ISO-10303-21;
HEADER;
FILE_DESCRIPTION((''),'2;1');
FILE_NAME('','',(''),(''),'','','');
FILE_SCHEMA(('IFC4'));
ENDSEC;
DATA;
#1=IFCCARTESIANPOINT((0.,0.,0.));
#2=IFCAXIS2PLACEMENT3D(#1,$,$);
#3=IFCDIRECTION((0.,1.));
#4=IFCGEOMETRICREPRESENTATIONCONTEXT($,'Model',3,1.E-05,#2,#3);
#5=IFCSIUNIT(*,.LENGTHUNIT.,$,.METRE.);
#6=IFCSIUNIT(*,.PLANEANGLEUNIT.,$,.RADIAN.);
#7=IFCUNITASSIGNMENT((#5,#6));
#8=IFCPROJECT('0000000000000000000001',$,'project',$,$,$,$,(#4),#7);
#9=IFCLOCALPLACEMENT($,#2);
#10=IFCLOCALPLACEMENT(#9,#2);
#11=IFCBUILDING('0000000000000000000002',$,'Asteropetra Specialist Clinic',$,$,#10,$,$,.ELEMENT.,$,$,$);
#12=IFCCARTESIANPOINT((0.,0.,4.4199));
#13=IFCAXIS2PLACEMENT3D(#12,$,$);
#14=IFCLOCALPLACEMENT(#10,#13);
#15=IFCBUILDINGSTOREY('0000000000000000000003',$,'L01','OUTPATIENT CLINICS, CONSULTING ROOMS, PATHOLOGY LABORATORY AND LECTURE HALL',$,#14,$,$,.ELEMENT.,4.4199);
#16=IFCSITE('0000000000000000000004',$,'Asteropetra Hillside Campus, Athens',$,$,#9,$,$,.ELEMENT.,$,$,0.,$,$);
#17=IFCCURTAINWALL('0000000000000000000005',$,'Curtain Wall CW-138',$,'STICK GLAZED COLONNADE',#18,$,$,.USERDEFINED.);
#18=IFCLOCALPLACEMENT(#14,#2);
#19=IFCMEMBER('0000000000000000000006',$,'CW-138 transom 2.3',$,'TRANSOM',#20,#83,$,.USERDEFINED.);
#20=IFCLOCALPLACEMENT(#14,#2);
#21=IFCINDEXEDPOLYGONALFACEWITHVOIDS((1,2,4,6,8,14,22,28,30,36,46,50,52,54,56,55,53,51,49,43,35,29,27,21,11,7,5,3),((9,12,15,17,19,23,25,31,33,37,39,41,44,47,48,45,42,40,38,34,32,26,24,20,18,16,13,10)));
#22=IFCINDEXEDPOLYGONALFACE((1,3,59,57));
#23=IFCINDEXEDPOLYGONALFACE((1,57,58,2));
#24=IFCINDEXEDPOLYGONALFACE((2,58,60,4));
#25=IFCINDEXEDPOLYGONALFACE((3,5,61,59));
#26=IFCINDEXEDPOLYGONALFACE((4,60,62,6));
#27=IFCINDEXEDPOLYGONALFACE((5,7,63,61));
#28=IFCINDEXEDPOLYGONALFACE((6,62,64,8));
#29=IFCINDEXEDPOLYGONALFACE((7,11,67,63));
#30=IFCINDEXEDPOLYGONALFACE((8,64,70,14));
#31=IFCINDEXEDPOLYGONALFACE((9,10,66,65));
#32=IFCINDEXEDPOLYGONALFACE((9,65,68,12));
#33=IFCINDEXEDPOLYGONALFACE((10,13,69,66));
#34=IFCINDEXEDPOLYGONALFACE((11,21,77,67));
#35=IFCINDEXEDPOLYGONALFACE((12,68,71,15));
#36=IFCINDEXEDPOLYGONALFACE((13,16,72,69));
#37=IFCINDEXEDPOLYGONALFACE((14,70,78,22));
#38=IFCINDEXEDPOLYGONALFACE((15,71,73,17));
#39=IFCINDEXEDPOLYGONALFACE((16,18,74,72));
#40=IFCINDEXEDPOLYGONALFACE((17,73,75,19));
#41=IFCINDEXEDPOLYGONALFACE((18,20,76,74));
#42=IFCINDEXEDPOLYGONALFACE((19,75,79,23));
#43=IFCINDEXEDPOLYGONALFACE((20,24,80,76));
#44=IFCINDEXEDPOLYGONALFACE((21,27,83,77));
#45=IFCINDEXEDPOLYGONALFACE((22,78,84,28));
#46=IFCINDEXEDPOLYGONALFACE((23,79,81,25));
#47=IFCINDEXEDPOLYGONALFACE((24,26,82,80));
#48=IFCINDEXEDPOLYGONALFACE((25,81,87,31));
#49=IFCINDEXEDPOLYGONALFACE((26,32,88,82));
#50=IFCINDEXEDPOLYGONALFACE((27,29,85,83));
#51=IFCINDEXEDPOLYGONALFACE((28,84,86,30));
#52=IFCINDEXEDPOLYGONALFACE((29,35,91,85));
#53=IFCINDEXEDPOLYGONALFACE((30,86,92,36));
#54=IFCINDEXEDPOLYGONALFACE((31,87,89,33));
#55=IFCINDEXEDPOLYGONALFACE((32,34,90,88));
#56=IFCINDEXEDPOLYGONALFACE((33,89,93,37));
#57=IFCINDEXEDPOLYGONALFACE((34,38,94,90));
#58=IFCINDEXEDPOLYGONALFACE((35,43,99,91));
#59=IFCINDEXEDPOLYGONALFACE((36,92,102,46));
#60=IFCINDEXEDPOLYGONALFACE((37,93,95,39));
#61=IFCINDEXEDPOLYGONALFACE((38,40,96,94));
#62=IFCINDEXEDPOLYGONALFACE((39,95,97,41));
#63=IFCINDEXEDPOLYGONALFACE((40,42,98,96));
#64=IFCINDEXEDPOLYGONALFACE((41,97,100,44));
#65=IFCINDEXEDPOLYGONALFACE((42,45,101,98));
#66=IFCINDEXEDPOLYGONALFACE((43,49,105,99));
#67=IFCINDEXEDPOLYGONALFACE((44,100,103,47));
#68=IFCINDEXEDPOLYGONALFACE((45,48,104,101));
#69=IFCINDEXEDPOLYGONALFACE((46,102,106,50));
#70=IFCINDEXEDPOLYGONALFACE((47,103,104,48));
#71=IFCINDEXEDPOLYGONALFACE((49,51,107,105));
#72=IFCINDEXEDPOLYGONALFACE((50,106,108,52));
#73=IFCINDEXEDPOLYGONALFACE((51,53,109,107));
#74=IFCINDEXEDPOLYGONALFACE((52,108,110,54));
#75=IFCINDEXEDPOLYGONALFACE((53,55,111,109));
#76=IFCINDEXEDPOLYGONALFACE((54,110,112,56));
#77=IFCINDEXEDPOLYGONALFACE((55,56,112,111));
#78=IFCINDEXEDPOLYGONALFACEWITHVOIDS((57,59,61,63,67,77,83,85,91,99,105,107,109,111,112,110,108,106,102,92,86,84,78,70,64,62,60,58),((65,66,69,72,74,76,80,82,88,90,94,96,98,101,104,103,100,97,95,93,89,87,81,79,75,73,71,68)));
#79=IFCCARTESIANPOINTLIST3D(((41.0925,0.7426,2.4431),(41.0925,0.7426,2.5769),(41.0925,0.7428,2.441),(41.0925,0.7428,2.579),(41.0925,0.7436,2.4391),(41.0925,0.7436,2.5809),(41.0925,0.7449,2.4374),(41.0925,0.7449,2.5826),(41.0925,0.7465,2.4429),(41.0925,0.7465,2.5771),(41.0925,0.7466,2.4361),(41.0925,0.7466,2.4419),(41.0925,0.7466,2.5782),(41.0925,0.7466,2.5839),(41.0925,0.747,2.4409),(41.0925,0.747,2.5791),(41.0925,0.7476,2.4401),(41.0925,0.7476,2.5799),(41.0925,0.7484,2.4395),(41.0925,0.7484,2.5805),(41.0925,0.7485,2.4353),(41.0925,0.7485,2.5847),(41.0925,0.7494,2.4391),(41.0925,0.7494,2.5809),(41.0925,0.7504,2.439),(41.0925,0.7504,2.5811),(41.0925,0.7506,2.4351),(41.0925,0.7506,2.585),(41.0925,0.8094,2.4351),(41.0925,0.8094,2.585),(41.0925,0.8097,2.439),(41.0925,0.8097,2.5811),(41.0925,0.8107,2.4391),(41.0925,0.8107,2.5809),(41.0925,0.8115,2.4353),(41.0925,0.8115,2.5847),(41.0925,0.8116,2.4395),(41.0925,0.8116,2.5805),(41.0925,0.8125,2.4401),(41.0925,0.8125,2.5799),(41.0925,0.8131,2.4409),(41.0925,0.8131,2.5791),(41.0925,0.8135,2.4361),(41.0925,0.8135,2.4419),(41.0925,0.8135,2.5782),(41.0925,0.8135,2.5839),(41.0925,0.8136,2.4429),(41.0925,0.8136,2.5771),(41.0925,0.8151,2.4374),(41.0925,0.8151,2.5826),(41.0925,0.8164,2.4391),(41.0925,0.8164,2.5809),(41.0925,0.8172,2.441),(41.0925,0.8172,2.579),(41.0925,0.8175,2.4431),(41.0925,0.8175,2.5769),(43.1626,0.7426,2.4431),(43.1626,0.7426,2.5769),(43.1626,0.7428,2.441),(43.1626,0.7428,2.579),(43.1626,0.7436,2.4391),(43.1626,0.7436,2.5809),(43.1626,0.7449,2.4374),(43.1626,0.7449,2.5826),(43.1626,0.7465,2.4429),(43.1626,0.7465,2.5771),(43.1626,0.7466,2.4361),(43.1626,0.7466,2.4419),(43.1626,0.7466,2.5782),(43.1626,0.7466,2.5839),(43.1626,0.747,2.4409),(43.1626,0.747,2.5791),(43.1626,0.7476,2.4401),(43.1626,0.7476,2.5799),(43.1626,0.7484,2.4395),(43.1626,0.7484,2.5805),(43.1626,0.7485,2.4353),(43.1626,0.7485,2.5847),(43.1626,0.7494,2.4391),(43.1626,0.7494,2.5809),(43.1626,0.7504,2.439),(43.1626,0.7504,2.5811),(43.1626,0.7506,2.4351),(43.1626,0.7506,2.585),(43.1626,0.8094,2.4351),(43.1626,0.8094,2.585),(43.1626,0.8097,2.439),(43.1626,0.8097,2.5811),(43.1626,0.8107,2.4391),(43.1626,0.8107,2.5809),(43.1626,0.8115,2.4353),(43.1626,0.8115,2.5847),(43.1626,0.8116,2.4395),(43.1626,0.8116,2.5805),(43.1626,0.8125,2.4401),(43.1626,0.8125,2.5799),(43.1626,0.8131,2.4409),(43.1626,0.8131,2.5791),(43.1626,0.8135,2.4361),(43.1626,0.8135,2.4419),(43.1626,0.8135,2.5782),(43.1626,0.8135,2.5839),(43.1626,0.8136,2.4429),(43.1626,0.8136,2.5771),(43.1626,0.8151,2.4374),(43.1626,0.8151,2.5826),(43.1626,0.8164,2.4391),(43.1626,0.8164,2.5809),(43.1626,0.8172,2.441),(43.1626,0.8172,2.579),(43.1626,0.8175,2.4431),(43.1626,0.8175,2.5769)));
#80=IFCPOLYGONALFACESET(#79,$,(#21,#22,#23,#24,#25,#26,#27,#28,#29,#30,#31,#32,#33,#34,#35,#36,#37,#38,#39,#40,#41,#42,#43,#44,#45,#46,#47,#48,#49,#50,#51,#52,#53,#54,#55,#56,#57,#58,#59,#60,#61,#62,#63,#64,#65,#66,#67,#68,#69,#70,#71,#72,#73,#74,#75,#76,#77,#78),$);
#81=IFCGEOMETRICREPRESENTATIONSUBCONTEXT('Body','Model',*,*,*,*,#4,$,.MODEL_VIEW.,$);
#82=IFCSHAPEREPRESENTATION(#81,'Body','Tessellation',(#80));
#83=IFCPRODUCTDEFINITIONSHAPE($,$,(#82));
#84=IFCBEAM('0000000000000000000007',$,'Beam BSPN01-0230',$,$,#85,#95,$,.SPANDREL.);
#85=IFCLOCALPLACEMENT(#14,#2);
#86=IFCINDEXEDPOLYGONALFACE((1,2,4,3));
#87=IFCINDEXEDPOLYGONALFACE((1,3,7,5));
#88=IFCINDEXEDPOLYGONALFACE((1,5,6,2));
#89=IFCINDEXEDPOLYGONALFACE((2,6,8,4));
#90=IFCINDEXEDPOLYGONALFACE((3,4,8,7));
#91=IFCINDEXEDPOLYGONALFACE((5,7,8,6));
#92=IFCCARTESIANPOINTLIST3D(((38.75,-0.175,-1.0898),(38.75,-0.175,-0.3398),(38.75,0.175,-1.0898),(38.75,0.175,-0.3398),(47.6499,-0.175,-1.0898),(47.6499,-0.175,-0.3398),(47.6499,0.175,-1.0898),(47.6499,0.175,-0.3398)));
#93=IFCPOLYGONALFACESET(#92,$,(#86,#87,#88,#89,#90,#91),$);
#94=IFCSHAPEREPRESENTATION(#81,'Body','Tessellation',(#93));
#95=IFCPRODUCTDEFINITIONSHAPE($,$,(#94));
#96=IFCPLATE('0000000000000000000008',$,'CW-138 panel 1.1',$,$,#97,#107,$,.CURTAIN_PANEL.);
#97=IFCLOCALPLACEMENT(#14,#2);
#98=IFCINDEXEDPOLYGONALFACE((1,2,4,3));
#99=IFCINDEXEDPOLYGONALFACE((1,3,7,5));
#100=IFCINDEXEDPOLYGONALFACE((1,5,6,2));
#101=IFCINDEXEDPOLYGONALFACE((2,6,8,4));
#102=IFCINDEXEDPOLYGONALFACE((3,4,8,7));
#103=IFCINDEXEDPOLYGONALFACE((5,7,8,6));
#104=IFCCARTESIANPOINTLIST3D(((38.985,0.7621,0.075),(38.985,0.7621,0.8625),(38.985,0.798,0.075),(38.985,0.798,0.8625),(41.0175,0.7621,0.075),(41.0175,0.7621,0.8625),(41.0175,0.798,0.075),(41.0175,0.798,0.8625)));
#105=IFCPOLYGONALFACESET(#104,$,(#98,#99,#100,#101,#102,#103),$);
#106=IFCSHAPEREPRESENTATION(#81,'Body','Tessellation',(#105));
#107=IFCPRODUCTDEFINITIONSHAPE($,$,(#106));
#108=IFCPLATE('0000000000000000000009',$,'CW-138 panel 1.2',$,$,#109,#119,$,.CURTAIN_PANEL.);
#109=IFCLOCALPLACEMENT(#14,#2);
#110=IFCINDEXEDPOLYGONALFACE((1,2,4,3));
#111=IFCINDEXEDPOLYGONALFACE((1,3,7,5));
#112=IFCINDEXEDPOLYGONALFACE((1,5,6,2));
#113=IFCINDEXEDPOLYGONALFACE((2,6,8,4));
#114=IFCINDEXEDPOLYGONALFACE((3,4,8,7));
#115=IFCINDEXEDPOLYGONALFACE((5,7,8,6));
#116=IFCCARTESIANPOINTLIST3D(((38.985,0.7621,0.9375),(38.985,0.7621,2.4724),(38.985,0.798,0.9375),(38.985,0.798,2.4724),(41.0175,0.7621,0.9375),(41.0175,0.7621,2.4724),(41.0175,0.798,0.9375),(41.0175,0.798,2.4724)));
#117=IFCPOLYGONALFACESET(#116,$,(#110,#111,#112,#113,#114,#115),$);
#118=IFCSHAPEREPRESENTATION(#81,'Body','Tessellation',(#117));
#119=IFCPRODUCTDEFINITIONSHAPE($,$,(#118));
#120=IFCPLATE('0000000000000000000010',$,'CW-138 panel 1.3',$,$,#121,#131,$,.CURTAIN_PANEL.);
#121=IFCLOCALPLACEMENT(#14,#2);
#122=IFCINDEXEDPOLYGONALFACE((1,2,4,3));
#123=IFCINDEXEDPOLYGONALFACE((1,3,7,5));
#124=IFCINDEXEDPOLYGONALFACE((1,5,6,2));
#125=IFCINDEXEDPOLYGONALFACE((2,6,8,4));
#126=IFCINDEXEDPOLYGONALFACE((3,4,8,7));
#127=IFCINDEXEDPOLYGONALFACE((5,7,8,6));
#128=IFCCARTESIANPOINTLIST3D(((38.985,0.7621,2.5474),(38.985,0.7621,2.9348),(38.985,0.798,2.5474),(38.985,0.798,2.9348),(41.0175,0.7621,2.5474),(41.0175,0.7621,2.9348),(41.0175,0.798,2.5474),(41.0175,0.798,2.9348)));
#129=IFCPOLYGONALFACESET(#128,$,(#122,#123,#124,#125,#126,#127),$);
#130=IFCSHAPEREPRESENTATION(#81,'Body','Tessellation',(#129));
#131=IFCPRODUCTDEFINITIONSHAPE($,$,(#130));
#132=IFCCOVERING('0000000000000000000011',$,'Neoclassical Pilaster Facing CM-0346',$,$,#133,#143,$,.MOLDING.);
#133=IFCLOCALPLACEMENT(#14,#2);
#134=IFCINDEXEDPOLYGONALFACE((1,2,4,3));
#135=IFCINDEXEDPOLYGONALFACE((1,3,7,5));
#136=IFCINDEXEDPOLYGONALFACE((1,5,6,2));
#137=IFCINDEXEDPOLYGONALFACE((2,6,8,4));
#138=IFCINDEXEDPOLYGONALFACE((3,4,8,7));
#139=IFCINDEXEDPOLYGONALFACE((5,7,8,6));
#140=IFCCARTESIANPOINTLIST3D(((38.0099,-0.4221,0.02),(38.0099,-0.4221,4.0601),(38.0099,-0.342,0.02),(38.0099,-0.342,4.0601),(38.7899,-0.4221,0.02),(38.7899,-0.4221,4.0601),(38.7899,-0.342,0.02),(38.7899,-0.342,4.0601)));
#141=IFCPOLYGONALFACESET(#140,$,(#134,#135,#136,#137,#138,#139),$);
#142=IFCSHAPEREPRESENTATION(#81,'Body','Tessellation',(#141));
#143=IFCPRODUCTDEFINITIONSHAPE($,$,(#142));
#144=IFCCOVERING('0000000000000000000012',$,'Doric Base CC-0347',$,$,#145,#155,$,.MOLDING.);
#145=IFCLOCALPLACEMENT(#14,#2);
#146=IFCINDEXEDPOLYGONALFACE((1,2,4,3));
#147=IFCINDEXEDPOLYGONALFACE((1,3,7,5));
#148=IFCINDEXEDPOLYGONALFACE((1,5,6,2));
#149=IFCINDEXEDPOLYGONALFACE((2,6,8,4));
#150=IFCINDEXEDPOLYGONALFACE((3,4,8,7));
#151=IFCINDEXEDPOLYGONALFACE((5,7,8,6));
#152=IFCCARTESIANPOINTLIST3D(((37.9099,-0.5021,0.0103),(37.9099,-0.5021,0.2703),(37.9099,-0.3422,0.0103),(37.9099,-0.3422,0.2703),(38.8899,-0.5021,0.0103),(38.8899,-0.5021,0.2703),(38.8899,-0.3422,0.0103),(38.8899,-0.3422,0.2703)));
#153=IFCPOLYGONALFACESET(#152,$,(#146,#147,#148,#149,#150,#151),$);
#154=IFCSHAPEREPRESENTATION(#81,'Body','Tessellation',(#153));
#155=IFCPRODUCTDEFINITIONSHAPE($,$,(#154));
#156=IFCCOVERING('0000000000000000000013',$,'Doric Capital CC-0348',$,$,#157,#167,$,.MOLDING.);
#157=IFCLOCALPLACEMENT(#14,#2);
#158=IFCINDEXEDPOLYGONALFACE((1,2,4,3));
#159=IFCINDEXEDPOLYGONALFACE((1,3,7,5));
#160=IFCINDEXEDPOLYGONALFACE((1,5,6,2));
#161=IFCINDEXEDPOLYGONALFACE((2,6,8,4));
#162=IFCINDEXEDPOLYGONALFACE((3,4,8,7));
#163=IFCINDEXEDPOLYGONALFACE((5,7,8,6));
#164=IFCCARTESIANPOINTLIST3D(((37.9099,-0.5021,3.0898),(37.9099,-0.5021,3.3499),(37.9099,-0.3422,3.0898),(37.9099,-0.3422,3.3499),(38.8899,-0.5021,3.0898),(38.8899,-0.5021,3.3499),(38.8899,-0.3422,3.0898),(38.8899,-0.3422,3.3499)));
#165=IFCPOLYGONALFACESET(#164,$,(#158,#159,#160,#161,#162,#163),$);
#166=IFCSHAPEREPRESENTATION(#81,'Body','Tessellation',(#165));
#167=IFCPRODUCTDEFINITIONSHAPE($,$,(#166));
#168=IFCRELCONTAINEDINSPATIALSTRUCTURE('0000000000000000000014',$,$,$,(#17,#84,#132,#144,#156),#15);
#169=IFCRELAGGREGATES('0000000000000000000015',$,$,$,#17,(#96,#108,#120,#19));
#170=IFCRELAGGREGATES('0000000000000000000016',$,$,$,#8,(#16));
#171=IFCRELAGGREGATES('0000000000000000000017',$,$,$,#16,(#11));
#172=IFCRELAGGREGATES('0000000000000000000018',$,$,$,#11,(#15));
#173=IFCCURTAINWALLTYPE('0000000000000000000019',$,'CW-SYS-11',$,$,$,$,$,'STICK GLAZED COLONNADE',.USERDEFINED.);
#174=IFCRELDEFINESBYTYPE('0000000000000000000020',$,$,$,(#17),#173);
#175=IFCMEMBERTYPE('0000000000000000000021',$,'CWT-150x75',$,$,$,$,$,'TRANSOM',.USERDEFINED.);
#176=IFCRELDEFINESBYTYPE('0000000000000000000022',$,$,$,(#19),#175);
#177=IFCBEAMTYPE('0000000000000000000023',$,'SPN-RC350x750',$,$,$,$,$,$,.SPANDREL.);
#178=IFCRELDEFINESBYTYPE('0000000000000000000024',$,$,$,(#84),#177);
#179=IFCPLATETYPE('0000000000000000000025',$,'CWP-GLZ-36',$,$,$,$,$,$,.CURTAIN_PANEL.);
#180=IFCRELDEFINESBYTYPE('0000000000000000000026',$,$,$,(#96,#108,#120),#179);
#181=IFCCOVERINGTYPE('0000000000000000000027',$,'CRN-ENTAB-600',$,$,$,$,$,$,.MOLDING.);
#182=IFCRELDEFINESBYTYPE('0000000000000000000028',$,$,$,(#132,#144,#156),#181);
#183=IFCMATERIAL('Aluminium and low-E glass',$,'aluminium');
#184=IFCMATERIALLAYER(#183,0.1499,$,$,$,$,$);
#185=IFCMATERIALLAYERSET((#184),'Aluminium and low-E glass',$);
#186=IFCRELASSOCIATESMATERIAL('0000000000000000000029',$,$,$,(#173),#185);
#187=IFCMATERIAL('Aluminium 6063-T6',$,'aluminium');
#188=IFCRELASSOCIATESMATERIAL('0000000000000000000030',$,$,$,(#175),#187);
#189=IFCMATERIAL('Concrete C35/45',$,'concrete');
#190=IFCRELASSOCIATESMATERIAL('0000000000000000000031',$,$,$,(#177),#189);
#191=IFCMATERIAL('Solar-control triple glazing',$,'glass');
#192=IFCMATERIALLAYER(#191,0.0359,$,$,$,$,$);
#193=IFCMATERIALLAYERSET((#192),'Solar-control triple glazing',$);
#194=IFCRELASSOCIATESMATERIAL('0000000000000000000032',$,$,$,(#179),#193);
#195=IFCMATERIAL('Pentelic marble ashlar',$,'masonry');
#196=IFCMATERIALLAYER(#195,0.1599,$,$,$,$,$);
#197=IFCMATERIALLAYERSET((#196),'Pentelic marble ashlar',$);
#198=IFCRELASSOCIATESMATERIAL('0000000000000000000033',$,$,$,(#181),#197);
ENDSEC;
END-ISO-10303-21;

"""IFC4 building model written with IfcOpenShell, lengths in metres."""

from ifc_helpers import new_model, si_unit, direction, frame, origin, origin_2d, place, context, subcontext, project, spatial, rectangle, hollow_rectangle, extrude, material, layer, layer_set, material_profile, profile_set, type_object, element, aggregate, save


model = new_model("IFC4")

# Units and contexts
model_context = context("Model", 3, precision=1e-05, world=origin(), true_north=direction((0.0, 1.0)))
body_context = subcontext(model_context, "Body", "Model", "MODEL_VIEW")
ifc_project = project(units=[si_unit("LENGTHUNIT", "METRE"), si_unit("PLANEANGLEUNIT", "RADIAN")], contexts=[model_context])

# Site, building, storey
site_placement = place(None, origin())
site = spatial("IfcSite", under=ifc_project, at=site_placement, Name="Asteropetra Hillside Campus, Athens", CompositionType="ELEMENT", RefElevation=0.0)
building_placement = place(site_placement, origin())
building = spatial("IfcBuilding", under=site, at=building_placement, Name="Asteropetra Specialist Clinic", CompositionType="ELEMENT")
storey_placement = place(building_placement, frame((0.0, 0.0, 4.4199)))
storey = spatial("IfcBuildingStorey", under=building, at=storey_placement, Name="L01", Description="OUTPATIENT CLINICS, CONSULTING ROOMS, PATHOLOGY LABORATORY AND LECTURE HALL", CompositionType="ELEMENT", Elevation=4.4199)

# Curtain wall, member
ifc_material_1 = material(Name="Aluminium and low-E glass", Category="aluminium")
ifc_layer_1 = layer(ifc_material_1, 0.1499)
ifc_layer_set_1 = layer_set([ifc_layer_1], Name="Aluminium and low-E glass")
curtain_wall_type_1 = type_object("IfcCurtainWallType", Name="CW-SYS-11", ElementType="STICK GLAZED COLONNADE", PredefinedType="USERDEFINED", material=ifc_layer_set_1)
curtain_wall_1_placement = place(storey_placement, origin())
curtain_wall_1 = element("IfcCurtainWall", 1, at=curtain_wall_1_placement, inside=storey, type_object=curtain_wall_type_1, Name="Curtain Wall CW-138", ObjectType="STICK GLAZED COLONNADE", PredefinedType="USERDEFINED")
ifc_material_2 = material(Name="Aluminium 6063-T6", Category="aluminium")
ifc_material_profile_1 = material_profile(ifc_material_2, hollow_rectangle(XDim=0.075, YDim=0.1499, WallThickness=0.0039, InnerFilletRadius=0.0039, OuterFilletRadius=0.0081, at=origin_2d()), Name="TRN 150x75x4.0")
ifc_profile_set_1 = profile_set([ifc_material_profile_1], Name="Aluminium 6063-T6")
member_type_1 = type_object("IfcMemberType", Name="CWT-150x75", ElementType="TRANSOM", PredefinedType="USERDEFINED", material=ifc_profile_set_1)
member_1_placement = place(storey_placement, frame((41.0925, 0.78, 2.51), z_axis=(1.0, 0.0, 0.0), x_axis=(0.0, 1.0, 0.0)))
member_1 = element("IfcMember", 2, at=member_1_placement, type_object=member_type_1, Name="CW-138 transom 2.3", ObjectType="TRANSOM", PredefinedType="USERDEFINED", context=body_context, shape_type="SweptSolid", body=[
    extrude(hollow_rectangle(XDim=0.075, YDim=0.1499, WallThickness=0.0039, InnerFilletRadius=0.0039, OuterFilletRadius=0.0081, at=origin_2d()), origin(), (0.0, 0.0, 1.0), 2.0701),
])

# Beam
ifc_material_3 = material(Name="Concrete C35/45", Category="concrete")
ifc_material_profile_2 = material_profile(ifc_material_3, rectangle(XDim=0.3501, YDim=0.75, at=origin_2d()), Name="RCS 350x750")
ifc_profile_set_2 = profile_set([ifc_material_profile_2], Name="Concrete C35/45")
beam_type_1 = type_object("IfcBeamType", Name="SPN-RC350x750", PredefinedType="SPANDREL", material=ifc_profile_set_2)
beam_1_placement = place(storey_placement, frame((38.75, 0.0, -0.7148), z_axis=(1.0, 0.0, 0.0), x_axis=(0.0, 1.0, 0.0)))
element("IfcBeam", 3, at=beam_1_placement, inside=storey, type_object=beam_type_1, Name="Beam BSPN01-0230", PredefinedType="SPANDREL", context=body_context, shape_type="SweptSolid", body=[
    extrude(rectangle(XDim=0.3501, YDim=0.75, at=origin_2d()), origin(), (0.0, 0.0, 1.0), 8.8999),
])

# Plates
ifc_material_4 = material(Name="Solar-control triple glazing", Category="glass")
ifc_layer_2 = layer(ifc_material_4, 0.0359)
ifc_layer_set_2 = layer_set([ifc_layer_2], Name="Solar-control triple glazing")
plate_type = type_object("IfcPlateType", Name="CWP-GLZ-36", PredefinedType="CURTAIN_PANEL", material=ifc_layer_set_2)
plate_1_placement = place(storey_placement, frame((40.0012, 0.78, 0.075), z_axis=(0.0, 0.0, 1.0), x_axis=(1.0, 0.0, 0.0)))
plate_1 = element("IfcPlate", 4, at=plate_1_placement, type_object=plate_type, Name="CW-138 panel 1.1", PredefinedType="CURTAIN_PANEL", context=body_context, shape_type="SweptSolid", body=[
    extrude(rectangle(XDim=2.0325, YDim=0.0359, at=origin_2d()), origin(), (0.0, 0.0, 1.0), 0.7876),
])
plate_2_placement = place(storey_placement, frame((40.0012, 0.78, 0.9375), z_axis=(0.0, 0.0, 1.0), x_axis=(1.0, 0.0, 0.0)))
plate_2 = element("IfcPlate", 5, at=plate_2_placement, type_object=plate_type, Name="CW-138 panel 1.2", PredefinedType="CURTAIN_PANEL", context=body_context, shape_type="SweptSolid", body=[
    extrude(rectangle(XDim=2.0325, YDim=0.0359, at=origin_2d()), origin(), (0.0, 0.0, 1.0), 1.5349),
])
plate_3_placement = place(storey_placement, frame((40.0012, 0.78, 2.5474), z_axis=(0.0, 0.0, 1.0), x_axis=(1.0, 0.0, 0.0)))
plate_3 = element("IfcPlate", 6, at=plate_3_placement, type_object=plate_type, Name="CW-138 panel 1.3", PredefinedType="CURTAIN_PANEL", context=body_context, shape_type="SweptSolid", body=[
    extrude(rectangle(XDim=2.0325, YDim=0.0359, at=origin_2d()), origin(), (0.0, 0.0, 1.0), 0.3875),
])
aggregate(curtain_wall_1, [plate_1, plate_2, plate_3, member_1])

# Coverings
ifc_material_5 = material(Name="Pentelic marble ashlar", Category="masonry")
ifc_layer_3 = layer(ifc_material_5, 0.1599)
ifc_layer_set_3 = layer_set([ifc_layer_3], Name="Pentelic marble ashlar")
covering_type = type_object("IfcCoveringType", Name="CRN-ENTAB-600", PredefinedType="MOLDING", material=ifc_layer_set_3)
covering_placement = place(storey_placement, frame((38.3999, -0.3821, 0.02), z_axis=(0.0, 0.0, 1.0), x_axis=(1.0, 0.0, 0.0)))
element("IfcCovering", 7, at=covering_placement, inside=storey, type_object=covering_type, Name="Neoclassical Pilaster Facing CM-0346", PredefinedType="MOLDING", context=body_context, shape_type="SweptSolid", body=[
    extrude(rectangle(XDim=0.78, YDim=0.0801, at=origin_2d()), origin(), (0.0, 0.0, 1.0), 4.04),
])
for number, where, z_axis, x_axis, name in (
    (8, (38.3999, -0.4221, 0.0103), (0.0, 0.0, 1.0), (1.0, 0.0, 0.0), "Doric Base CC-0347"),
    (9, (38.3999, -0.4221, 3.0898), (0.0, 0.0, 1.0), (1.0, 0.0, 0.0), "Doric Capital CC-0348"),
):
    element("IfcCovering", number, at=place(storey_placement, frame(where, z_axis=z_axis, x_axis=x_axis)), inside=storey, type_object=covering_type, Name=name, PredefinedType="MOLDING", context=body_context, shape_type="SweptSolid", body=[
        extrude(rectangle(XDim=0.98, YDim=0.1599, at=origin_2d()), origin(), (0.0, 0.0, 1.0), 0.26),
    ])

save(model, "model.ifc")
